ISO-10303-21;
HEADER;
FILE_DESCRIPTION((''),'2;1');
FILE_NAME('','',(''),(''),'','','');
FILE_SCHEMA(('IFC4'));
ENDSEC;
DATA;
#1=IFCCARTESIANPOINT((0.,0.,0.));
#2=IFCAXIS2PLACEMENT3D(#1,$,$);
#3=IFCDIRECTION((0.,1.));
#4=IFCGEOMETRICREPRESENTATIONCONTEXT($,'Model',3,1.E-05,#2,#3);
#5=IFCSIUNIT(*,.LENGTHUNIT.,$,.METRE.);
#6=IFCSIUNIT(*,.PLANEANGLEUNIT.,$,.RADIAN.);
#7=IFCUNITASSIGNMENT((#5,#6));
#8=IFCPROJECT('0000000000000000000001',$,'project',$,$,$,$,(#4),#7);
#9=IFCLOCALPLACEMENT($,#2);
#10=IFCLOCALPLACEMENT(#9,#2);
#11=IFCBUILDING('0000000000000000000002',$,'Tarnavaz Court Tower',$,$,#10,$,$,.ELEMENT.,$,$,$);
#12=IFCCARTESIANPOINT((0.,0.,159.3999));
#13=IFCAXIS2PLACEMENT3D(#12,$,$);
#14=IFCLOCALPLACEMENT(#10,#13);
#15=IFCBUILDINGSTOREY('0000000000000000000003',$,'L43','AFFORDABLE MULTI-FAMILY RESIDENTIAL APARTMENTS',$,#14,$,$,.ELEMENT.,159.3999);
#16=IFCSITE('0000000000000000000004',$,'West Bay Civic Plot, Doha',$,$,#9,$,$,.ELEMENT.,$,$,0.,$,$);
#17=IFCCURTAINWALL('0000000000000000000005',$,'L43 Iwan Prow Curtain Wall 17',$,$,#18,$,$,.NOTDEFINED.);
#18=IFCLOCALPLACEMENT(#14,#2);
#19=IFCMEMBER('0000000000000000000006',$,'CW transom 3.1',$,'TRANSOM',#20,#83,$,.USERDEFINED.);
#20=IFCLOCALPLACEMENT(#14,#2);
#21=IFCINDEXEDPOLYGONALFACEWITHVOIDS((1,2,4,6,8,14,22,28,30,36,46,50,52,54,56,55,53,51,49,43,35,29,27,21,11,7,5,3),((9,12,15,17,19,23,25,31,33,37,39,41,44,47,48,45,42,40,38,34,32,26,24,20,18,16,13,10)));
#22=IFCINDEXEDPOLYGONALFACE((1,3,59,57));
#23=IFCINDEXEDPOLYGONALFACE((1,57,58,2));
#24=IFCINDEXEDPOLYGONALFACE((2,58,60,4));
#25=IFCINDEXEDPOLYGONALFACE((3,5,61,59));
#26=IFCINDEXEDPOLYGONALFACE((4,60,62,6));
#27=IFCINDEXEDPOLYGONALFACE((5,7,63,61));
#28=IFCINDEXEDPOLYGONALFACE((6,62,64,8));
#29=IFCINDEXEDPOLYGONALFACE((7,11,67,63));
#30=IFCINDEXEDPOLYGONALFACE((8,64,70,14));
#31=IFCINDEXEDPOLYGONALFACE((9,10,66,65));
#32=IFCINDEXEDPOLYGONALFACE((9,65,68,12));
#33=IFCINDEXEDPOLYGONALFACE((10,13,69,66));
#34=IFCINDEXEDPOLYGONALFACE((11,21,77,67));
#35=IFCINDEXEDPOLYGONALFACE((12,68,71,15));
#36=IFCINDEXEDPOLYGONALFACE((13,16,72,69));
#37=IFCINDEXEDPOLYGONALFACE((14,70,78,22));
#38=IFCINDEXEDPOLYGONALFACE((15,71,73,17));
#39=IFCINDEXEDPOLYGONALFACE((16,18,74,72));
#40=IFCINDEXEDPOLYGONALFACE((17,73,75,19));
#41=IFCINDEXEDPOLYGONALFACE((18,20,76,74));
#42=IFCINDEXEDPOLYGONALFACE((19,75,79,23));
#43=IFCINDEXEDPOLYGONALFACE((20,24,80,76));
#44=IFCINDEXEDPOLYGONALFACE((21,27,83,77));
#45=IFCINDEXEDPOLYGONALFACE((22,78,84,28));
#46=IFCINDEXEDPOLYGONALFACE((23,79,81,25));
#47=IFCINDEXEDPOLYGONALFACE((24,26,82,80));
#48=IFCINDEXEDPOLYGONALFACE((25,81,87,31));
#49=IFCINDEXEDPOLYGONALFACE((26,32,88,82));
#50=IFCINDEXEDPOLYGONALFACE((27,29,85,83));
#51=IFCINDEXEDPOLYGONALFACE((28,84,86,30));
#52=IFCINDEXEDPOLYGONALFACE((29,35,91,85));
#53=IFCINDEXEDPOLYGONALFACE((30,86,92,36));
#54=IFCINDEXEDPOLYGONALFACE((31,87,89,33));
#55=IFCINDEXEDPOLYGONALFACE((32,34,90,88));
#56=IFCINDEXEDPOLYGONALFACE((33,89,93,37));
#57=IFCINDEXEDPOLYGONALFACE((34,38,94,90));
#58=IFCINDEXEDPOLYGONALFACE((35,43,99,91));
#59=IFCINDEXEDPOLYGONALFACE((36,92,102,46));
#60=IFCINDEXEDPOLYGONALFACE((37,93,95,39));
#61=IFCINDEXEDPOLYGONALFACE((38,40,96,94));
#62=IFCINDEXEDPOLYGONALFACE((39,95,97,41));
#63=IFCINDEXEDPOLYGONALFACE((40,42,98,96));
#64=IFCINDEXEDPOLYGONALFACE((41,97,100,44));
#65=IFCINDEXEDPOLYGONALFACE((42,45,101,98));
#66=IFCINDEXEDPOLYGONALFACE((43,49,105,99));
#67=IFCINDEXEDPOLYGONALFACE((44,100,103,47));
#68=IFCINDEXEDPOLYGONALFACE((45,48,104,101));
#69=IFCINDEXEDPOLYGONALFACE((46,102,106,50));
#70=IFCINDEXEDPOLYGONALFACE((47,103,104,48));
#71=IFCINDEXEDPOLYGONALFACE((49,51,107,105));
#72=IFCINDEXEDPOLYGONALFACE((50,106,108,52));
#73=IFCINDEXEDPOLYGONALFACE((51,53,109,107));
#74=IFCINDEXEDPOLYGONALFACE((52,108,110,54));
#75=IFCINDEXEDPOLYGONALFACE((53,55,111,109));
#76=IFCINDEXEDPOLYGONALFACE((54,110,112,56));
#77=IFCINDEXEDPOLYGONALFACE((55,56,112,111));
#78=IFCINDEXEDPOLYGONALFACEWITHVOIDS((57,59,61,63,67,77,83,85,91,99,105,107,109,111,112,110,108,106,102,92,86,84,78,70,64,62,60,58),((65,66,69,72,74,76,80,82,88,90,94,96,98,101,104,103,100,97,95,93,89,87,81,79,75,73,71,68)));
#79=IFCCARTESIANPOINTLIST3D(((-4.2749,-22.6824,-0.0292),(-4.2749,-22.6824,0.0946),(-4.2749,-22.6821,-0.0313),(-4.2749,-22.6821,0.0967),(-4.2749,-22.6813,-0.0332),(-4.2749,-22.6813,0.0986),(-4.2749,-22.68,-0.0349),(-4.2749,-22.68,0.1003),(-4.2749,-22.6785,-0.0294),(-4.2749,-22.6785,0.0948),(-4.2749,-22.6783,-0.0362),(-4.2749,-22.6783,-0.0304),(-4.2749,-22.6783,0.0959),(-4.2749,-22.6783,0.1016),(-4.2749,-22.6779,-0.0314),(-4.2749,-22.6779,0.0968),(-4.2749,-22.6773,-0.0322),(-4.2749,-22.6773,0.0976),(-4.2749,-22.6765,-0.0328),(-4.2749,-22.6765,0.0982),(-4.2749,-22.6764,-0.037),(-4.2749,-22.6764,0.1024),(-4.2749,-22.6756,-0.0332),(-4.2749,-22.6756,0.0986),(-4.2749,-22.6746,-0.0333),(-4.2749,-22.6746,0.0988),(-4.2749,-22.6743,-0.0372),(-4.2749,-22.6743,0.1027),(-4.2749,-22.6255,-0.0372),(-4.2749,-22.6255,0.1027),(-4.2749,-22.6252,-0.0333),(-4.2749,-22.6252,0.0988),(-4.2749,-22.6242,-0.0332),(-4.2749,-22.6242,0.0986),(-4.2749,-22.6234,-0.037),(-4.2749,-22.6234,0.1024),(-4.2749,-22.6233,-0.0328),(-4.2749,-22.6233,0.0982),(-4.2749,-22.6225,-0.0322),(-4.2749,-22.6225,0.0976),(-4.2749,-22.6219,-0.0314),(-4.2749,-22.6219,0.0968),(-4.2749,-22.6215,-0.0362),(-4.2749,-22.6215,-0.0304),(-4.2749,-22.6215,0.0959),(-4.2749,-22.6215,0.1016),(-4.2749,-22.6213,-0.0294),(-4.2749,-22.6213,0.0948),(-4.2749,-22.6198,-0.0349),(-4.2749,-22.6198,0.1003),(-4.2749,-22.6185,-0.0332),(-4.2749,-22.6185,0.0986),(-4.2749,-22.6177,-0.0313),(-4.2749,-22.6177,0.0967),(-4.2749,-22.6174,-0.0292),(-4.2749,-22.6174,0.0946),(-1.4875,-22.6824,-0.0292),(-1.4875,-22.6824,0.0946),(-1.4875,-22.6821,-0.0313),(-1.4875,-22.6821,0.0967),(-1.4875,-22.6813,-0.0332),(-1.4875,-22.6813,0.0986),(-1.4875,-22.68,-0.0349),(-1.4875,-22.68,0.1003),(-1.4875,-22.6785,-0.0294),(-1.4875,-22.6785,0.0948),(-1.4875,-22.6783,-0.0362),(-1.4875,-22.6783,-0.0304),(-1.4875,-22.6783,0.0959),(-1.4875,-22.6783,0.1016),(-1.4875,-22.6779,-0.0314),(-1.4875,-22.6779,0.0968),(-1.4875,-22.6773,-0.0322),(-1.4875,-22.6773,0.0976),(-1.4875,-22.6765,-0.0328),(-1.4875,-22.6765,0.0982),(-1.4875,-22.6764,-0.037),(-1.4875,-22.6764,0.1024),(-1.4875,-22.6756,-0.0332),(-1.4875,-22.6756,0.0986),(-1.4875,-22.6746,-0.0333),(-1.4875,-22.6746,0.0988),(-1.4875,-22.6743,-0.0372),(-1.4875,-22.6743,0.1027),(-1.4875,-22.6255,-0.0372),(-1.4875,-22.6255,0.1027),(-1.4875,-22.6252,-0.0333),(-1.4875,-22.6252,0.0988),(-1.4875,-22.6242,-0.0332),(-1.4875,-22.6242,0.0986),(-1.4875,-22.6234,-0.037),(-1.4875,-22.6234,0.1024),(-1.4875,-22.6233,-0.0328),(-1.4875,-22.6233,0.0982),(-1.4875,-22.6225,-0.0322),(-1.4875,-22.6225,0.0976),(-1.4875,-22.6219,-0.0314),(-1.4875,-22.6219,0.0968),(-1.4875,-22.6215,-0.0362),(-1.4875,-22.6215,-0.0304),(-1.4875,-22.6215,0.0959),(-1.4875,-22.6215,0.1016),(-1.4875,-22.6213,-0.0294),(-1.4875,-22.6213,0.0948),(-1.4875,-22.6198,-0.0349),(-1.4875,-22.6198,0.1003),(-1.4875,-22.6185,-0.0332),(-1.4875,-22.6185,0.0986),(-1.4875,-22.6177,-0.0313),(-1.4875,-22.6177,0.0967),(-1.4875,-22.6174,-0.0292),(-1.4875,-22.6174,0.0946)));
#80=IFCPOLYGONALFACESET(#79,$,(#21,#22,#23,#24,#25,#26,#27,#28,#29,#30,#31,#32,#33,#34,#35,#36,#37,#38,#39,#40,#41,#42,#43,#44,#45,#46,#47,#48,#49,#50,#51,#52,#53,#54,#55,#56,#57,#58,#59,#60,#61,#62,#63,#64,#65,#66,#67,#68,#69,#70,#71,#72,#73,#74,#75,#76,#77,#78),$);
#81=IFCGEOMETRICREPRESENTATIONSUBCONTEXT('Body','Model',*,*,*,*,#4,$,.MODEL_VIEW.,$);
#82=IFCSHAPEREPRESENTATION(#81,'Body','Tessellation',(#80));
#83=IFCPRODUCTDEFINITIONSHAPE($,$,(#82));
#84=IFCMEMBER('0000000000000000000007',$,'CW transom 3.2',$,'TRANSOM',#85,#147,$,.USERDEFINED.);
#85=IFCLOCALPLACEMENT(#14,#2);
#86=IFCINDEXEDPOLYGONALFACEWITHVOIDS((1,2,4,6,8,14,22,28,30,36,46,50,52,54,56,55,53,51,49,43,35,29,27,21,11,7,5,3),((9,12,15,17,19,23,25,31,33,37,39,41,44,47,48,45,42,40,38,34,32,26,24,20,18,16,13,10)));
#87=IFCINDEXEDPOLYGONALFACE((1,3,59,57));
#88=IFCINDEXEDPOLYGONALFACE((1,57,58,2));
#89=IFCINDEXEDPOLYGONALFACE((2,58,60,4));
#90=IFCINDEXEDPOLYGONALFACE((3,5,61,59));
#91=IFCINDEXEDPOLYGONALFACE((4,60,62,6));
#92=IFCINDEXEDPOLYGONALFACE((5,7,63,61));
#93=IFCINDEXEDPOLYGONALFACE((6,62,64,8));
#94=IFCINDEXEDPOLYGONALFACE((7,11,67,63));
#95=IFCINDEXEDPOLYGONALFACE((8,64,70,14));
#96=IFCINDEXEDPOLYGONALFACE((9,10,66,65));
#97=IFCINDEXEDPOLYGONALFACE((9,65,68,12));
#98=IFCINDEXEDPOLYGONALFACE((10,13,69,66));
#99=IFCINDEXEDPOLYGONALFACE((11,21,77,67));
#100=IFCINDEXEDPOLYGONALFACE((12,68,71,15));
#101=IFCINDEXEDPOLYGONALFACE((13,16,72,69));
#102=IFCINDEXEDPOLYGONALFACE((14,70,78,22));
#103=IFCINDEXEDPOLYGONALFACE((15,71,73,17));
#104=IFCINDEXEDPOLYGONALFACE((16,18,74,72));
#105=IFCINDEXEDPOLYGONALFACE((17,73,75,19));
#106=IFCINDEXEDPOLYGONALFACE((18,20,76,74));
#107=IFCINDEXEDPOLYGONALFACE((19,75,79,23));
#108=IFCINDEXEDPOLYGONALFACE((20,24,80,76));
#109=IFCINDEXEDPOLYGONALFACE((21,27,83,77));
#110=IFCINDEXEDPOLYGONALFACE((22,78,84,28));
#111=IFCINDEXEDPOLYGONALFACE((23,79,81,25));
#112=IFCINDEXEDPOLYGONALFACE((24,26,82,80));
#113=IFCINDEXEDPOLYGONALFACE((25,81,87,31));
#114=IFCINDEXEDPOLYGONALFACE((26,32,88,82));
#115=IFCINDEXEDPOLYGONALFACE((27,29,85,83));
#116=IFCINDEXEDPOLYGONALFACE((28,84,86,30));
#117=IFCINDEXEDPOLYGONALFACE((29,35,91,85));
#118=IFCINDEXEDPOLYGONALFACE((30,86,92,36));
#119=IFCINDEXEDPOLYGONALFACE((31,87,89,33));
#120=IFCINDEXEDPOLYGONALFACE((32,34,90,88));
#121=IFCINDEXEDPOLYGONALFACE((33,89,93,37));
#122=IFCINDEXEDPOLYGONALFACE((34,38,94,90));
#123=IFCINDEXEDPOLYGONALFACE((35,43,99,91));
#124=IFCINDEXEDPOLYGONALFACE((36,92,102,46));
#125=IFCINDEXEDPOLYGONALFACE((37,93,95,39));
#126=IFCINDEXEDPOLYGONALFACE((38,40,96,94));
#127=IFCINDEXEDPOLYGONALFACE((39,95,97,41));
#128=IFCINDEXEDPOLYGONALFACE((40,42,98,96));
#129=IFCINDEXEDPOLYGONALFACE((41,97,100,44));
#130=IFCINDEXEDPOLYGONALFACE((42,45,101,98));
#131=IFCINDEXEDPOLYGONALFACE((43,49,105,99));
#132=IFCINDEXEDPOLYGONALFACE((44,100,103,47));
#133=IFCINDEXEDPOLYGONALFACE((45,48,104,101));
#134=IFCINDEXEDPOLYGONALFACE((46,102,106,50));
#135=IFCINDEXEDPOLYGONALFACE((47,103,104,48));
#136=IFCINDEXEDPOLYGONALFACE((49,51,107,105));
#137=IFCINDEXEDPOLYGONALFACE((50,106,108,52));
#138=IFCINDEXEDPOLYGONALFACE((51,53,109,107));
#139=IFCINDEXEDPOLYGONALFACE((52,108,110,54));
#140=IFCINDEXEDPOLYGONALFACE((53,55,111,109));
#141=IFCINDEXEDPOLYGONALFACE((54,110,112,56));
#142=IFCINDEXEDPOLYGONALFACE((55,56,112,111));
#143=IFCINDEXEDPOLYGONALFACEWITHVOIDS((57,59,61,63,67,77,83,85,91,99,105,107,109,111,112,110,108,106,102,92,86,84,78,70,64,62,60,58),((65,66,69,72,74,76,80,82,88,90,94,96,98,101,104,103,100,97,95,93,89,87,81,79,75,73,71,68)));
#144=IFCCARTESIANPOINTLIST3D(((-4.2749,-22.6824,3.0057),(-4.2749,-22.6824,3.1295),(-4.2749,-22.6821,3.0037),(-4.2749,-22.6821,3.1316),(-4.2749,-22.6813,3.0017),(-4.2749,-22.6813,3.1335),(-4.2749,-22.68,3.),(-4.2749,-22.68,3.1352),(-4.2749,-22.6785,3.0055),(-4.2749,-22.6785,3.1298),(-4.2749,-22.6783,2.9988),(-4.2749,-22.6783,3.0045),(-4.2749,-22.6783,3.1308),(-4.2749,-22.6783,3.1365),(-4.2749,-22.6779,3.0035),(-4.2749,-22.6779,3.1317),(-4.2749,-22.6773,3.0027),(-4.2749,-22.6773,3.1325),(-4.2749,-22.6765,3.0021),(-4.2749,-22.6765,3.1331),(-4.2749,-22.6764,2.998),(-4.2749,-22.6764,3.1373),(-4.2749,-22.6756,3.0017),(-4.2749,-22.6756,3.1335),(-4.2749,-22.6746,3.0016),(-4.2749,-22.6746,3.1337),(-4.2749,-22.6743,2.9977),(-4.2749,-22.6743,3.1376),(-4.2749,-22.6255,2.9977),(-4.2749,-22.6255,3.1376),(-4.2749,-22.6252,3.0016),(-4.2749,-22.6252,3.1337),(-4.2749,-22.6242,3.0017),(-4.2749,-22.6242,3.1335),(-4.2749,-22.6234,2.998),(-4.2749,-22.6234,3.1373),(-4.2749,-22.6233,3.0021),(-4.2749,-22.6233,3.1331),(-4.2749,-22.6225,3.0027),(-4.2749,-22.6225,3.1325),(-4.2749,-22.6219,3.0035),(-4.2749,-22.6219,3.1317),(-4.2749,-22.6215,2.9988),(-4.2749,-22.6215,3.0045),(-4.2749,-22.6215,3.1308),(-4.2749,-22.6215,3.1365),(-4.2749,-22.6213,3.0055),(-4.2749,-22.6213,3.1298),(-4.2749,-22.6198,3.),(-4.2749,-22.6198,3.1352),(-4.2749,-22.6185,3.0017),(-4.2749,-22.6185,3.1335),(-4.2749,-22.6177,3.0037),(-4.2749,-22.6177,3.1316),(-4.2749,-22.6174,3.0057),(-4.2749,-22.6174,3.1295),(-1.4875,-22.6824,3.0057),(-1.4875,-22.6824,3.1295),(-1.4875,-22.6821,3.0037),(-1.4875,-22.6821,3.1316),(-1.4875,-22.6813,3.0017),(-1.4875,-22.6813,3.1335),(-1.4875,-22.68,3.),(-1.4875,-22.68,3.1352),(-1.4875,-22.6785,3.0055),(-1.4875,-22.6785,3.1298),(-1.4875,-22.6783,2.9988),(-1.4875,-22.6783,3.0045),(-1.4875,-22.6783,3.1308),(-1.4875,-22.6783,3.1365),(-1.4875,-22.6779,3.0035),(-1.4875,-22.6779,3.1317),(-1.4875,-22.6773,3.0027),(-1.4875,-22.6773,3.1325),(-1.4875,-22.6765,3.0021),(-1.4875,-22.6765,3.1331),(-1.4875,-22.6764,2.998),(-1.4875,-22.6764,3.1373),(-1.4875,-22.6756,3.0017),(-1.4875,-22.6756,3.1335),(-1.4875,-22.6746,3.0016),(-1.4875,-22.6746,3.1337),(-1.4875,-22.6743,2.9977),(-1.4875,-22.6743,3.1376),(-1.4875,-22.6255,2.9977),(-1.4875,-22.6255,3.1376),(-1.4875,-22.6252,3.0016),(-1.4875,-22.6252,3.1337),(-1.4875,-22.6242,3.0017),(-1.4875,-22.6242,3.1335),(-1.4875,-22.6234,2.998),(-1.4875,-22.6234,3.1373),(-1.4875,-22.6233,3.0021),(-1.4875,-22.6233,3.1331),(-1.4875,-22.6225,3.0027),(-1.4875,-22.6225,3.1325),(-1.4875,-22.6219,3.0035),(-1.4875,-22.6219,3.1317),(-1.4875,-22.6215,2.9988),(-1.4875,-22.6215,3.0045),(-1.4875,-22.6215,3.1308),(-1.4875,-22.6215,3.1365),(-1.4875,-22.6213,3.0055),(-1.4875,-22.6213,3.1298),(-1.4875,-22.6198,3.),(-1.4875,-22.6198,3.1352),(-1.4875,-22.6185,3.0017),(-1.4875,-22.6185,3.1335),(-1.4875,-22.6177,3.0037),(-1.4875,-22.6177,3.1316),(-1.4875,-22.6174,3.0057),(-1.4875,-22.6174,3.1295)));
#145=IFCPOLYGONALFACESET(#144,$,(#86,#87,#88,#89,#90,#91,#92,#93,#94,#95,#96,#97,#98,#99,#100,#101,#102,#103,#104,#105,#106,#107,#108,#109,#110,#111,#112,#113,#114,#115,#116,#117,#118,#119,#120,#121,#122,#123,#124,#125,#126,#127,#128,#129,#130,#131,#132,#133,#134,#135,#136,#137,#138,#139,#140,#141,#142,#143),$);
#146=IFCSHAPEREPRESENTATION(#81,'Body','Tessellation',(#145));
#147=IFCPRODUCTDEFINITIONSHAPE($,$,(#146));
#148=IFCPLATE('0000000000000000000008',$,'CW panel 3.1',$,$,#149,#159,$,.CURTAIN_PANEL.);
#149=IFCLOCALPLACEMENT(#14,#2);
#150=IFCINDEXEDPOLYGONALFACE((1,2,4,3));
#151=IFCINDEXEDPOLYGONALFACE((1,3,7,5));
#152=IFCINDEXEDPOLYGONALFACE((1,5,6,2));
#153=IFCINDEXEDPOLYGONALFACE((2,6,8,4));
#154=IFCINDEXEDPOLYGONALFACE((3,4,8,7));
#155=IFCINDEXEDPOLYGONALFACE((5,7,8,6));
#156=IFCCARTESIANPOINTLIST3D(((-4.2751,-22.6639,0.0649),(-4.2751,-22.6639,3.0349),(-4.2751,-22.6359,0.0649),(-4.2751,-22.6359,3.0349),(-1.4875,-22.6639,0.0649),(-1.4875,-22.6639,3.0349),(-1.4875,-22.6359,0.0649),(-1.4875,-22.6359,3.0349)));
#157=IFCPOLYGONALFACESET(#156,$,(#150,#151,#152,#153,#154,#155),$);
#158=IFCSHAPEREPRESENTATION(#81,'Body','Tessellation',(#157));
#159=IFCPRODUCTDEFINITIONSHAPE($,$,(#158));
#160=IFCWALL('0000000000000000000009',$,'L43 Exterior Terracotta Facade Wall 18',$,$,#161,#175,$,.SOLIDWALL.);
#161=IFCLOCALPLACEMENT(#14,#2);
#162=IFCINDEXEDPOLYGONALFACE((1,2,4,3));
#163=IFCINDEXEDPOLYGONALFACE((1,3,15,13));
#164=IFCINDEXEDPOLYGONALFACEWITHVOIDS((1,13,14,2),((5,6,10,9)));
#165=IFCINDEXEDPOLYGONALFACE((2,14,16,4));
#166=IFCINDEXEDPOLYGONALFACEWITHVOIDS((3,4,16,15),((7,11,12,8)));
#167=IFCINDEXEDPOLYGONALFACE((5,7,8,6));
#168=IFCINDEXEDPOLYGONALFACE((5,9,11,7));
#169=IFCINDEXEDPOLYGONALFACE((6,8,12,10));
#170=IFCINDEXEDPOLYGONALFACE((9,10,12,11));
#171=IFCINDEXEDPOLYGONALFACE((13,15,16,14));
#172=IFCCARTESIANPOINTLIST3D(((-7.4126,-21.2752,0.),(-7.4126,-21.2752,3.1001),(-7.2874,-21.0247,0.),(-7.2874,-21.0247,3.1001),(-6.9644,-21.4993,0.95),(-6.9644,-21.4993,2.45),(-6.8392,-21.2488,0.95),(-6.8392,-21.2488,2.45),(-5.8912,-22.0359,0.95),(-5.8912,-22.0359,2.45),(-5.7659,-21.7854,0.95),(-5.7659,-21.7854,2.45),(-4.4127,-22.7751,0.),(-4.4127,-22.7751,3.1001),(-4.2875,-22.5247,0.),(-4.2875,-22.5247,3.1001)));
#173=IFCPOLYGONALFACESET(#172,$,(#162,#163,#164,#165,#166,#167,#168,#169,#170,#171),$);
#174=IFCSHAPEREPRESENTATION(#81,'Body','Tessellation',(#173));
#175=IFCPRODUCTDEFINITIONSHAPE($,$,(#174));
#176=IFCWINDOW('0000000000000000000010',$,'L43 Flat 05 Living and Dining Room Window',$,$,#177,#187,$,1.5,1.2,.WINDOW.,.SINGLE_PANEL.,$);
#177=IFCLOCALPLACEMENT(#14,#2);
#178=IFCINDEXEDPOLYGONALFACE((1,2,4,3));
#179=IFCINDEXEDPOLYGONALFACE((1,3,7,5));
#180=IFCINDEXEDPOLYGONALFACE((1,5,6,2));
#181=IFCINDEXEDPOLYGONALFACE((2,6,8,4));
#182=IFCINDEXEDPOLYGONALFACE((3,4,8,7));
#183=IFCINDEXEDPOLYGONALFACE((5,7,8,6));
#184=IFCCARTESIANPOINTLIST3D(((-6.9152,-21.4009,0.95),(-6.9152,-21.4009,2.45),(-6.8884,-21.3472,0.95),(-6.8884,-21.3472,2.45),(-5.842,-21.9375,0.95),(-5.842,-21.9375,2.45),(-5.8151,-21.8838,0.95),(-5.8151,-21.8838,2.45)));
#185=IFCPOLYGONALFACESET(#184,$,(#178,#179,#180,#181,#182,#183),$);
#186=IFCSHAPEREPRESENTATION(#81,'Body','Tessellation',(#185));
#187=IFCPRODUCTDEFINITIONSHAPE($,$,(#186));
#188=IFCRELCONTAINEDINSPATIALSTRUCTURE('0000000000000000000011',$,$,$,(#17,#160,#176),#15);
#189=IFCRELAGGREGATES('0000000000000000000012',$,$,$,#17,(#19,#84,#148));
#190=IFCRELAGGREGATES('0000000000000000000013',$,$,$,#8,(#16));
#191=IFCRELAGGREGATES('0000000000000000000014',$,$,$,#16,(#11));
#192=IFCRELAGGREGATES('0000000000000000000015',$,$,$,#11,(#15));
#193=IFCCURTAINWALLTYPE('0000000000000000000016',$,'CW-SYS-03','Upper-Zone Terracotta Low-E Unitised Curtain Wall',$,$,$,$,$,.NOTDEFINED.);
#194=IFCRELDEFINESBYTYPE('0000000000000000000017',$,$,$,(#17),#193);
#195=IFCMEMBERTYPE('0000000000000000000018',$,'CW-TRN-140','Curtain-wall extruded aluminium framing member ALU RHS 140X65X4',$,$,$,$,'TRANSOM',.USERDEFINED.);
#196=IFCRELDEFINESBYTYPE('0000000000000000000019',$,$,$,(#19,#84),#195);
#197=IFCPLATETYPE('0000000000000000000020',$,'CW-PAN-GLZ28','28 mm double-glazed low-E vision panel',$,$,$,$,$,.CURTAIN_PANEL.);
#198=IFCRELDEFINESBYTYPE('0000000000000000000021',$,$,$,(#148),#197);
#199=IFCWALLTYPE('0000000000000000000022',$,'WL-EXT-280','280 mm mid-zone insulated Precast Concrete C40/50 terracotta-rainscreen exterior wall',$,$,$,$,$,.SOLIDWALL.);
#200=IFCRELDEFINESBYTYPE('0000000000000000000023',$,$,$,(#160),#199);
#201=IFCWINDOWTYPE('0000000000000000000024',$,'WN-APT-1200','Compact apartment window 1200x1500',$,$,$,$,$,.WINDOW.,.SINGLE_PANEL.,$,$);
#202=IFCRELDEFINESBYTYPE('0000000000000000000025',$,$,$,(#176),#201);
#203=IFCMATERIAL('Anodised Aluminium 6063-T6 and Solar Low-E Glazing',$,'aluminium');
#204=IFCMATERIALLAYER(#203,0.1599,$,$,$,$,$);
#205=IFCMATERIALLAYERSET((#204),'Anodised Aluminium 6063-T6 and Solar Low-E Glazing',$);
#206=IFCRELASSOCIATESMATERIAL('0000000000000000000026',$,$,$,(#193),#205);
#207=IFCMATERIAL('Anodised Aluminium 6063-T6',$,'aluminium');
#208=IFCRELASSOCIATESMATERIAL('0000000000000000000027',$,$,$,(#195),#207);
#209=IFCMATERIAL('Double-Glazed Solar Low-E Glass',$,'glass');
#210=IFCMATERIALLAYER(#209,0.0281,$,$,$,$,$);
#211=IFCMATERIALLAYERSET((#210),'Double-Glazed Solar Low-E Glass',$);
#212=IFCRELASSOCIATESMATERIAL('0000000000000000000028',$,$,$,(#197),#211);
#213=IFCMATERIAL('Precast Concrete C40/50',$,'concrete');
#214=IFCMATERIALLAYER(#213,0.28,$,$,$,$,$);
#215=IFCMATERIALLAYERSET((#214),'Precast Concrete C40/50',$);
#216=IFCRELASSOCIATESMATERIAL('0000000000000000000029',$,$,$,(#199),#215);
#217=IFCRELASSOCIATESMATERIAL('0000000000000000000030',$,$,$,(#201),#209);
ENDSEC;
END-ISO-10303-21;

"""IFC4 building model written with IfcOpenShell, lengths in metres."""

from ifc_helpers import new_model, si_unit, direction, frame, frame_2d, origin, origin_2d, place, context, subcontext, project, spatial, rectangle, hollow_rectangle, extrude, material, layer, layer_set, material_profile, profile_set, type_object, element, fill, aggregate, save


model = new_model("IFC4")

# Units and contexts
model_context = context("Model", 3, precision=1e-05, world=origin(), true_north=direction((0.0, 1.0)))
body_context = subcontext(model_context, "Body", "Model", "MODEL_VIEW")
ifc_project = project(units=[si_unit("LENGTHUNIT", "METRE"), si_unit("PLANEANGLEUNIT", "RADIAN")], contexts=[model_context])

# Site, building, storey
site_placement = place(None, origin())
site = spatial("IfcSite", under=ifc_project, at=site_placement, Name="West Bay Civic Plot, Doha", CompositionType="ELEMENT", RefElevation=0.0)
building_placement = place(site_placement, origin())
building = spatial("IfcBuilding", under=site, at=building_placement, Name="Tarnavaz Court Tower", CompositionType="ELEMENT")
storey_placement = place(building_placement, frame((0.0, 0.0, 159.3999)))
storey = spatial("IfcBuildingStorey", under=building, at=storey_placement, Name="L43", Description="AFFORDABLE MULTI-FAMILY RESIDENTIAL APARTMENTS", CompositionType="ELEMENT", Elevation=159.3999)

# Curtain wall, members, plate
ifc_material_1 = material(Name="Anodised Aluminium 6063-T6 and Solar Low-E Glazing", Category="aluminium")
ifc_layer_1 = layer(ifc_material_1, 0.1599)
ifc_layer_set_1 = layer_set([ifc_layer_1], Name="Anodised Aluminium 6063-T6 and Solar Low-E Glazing")
curtain_wall_type = type_object("IfcCurtainWallType", Name="CW-SYS-03", Description="Upper-Zone Terracotta Low-E Unitised Curtain Wall", PredefinedType="NOTDEFINED", material=ifc_layer_set_1)
curtain_wall_placement = place(storey_placement, origin())
curtain_wall = element("IfcCurtainWall", 1, at=curtain_wall_placement, inside=storey, type_object=curtain_wall_type, Name="L43 Iwan Prow Curtain Wall 17", PredefinedType="NOTDEFINED")
ifc_material_2 = material(Name="Anodised Aluminium 6063-T6", Category="aluminium")
ifc_material_profile_1 = material_profile(ifc_material_2, hollow_rectangle(XDim=0.0649, YDim=0.1399, WallThickness=0.0039, InnerFilletRadius=0.0039, OuterFilletRadius=0.0081, at=origin_2d()), Name="ALU RHS 140X65X4")
ifc_profile_set_1 = profile_set([ifc_material_profile_1], Name="Anodised Aluminium 6063-T6")
member_type_1 = type_object("IfcMemberType", Name="CW-TRN-140", Description="Curtain-wall extruded aluminium framing member ALU RHS 140X65X4", ElementType="TRANSOM", PredefinedType="USERDEFINED", material=ifc_profile_set_1)
member_1_placement = place(storey_placement, frame((-1.4875, -22.6499, 0.0327), z_axis=(-1.0, 0.0, 0.0), x_axis=(0.0, -1.0, 0.0)))
member_1 = element("IfcMember", 2, at=member_1_placement, type_object=member_type_1, Name="CW transom 3.1", ObjectType="TRANSOM", PredefinedType="USERDEFINED", context=body_context, shape_type="SweptSolid", body=[
    extrude(hollow_rectangle(XDim=0.0649, YDim=0.1399, WallThickness=0.0039, InnerFilletRadius=0.0039, OuterFilletRadius=0.0081, at=origin_2d()), origin(), (0.0, 0.0, 1.0), 2.7874),
])
member_2_placement = place(storey_placement, frame((-1.4875, -22.6499, 3.0676), z_axis=(-1.0, 0.0, 0.0), x_axis=(0.0, -1.0, 0.0)))
member_2 = element("IfcMember", 3, at=member_2_placement, type_object=member_type_1, Name="CW transom 3.2", ObjectType="TRANSOM", PredefinedType="USERDEFINED", context=body_context, shape_type="SweptSolid", body=[
    extrude(hollow_rectangle(XDim=0.0649, YDim=0.1399, WallThickness=0.0039, InnerFilletRadius=0.0039, OuterFilletRadius=0.0081, at=origin_2d()), origin(), (0.0, 0.0, 1.0), 2.7874),
])
ifc_material_3 = material(Name="Double-Glazed Solar Low-E Glass", Category="glass")
ifc_layer_2 = layer(ifc_material_3, 0.0281)
ifc_layer_set_2 = layer_set([ifc_layer_2], Name="Double-Glazed Solar Low-E Glass")
plate_type = type_object("IfcPlateType", Name="CW-PAN-GLZ28", Description="28 mm double-glazed low-E vision panel", PredefinedType="CURTAIN_PANEL", material=ifc_layer_set_2)
plate_placement = place(storey_placement, frame((-2.8813, -22.6499, 0.0649), z_axis=(0.0, 0.0, 1.0), x_axis=(-1.0, 0.0, 0.0)))
plate = element("IfcPlate", 4, at=plate_placement, type_object=plate_type, Name="CW panel 3.1", PredefinedType="CURTAIN_PANEL", context=body_context, shape_type="SweptSolid", body=[
    extrude(rectangle(XDim=2.7876, YDim=0.0281, at=origin_2d()), origin(), (0.0, 0.0, 1.0), 2.97),
])
aggregate(curtain_wall, [member_1, member_2, plate])

# Wall, opening, window
ifc_material_4 = material(Name="Precast Concrete C40/50", Category="concrete")
ifc_layer_3 = layer(ifc_material_4, 0.28)
ifc_layer_set_3 = layer_set([ifc_layer_3], Name="Precast Concrete C40/50")
wall_type_1 = type_object("IfcWallType", Name="WL-EXT-280", Description="280 mm mid-zone insulated Precast Concrete C40/50 terracotta-rainscreen exterior wall", PredefinedType="SOLIDWALL", material=ifc_layer_set_3)
wall_1_placement = place(storey_placement, frame((-4.3501, -22.6499, 0.0), z_axis=(0.0, 0.0, 1.0), x_axis=(-0.894427, 0.447214, 0.0)))
wall_1 = element("IfcWall", 5, at=wall_1_placement, inside=storey, type_object=wall_type_1, Name="L43 Exterior Terracotta Facade Wall 18", PredefinedType="SOLIDWALL", context=body_context, shape_type="SweptSolid", body=[
    extrude(rectangle(XDim=3.354, YDim=0.28, at=frame_2d((1.677, 0.0))), origin(), (0.0, 0.0, 1.0), 3.1001),
])
opening_1_placement = place(wall_1_placement, frame((1.6528, 0.0, 0.95)))
opening_1 = element("IfcOpeningElement", 6, at=opening_1_placement, cuts=wall_1, PredefinedType="OPENING", context=body_context, shape_type="SweptSolid", body=[
    extrude(rectangle(XDim=1.2, YDim=1.5, at=frame_2d((0.6001, 0.75))), frame((0.0, 0.1499, 0.0), z_axis=(0.0, -1.0, 0.0), x_axis=(1.0, 0.0, 0.0)), (0.0, 0.0, 1.0), 0.3),
])
window_type_1 = type_object("IfcWindowType", Name="WN-APT-1200", Description="Compact apartment window 1200x1500", PartitioningType="SINGLE_PANEL", PredefinedType="WINDOW", material=ifc_material_3)
window_1_placement = place(opening_1_placement, origin())
window_1 = element("IfcWindow", 7, at=window_1_placement, inside=storey, type_object=window_type_1, Name="L43 Flat 05 Living and Dining Room Window", OverallHeight=1.5, OverallWidth=1.2, PartitioningType="SINGLE_PANEL", PredefinedType="WINDOW", context=body_context, shape_type="SweptSolid", body=[
    extrude(rectangle(XDim=1.2, YDim=1.5, at=frame_2d((0.6001, 0.75))), frame((0.0, 0.03, 0.0), z_axis=(0.0, -1.0, 0.0), x_axis=(1.0, 0.0, 0.0)), (0.0, 0.0, 1.0), 0.0601),
])
fill(opening_1, window_1)

save(model, "model.ifc")
